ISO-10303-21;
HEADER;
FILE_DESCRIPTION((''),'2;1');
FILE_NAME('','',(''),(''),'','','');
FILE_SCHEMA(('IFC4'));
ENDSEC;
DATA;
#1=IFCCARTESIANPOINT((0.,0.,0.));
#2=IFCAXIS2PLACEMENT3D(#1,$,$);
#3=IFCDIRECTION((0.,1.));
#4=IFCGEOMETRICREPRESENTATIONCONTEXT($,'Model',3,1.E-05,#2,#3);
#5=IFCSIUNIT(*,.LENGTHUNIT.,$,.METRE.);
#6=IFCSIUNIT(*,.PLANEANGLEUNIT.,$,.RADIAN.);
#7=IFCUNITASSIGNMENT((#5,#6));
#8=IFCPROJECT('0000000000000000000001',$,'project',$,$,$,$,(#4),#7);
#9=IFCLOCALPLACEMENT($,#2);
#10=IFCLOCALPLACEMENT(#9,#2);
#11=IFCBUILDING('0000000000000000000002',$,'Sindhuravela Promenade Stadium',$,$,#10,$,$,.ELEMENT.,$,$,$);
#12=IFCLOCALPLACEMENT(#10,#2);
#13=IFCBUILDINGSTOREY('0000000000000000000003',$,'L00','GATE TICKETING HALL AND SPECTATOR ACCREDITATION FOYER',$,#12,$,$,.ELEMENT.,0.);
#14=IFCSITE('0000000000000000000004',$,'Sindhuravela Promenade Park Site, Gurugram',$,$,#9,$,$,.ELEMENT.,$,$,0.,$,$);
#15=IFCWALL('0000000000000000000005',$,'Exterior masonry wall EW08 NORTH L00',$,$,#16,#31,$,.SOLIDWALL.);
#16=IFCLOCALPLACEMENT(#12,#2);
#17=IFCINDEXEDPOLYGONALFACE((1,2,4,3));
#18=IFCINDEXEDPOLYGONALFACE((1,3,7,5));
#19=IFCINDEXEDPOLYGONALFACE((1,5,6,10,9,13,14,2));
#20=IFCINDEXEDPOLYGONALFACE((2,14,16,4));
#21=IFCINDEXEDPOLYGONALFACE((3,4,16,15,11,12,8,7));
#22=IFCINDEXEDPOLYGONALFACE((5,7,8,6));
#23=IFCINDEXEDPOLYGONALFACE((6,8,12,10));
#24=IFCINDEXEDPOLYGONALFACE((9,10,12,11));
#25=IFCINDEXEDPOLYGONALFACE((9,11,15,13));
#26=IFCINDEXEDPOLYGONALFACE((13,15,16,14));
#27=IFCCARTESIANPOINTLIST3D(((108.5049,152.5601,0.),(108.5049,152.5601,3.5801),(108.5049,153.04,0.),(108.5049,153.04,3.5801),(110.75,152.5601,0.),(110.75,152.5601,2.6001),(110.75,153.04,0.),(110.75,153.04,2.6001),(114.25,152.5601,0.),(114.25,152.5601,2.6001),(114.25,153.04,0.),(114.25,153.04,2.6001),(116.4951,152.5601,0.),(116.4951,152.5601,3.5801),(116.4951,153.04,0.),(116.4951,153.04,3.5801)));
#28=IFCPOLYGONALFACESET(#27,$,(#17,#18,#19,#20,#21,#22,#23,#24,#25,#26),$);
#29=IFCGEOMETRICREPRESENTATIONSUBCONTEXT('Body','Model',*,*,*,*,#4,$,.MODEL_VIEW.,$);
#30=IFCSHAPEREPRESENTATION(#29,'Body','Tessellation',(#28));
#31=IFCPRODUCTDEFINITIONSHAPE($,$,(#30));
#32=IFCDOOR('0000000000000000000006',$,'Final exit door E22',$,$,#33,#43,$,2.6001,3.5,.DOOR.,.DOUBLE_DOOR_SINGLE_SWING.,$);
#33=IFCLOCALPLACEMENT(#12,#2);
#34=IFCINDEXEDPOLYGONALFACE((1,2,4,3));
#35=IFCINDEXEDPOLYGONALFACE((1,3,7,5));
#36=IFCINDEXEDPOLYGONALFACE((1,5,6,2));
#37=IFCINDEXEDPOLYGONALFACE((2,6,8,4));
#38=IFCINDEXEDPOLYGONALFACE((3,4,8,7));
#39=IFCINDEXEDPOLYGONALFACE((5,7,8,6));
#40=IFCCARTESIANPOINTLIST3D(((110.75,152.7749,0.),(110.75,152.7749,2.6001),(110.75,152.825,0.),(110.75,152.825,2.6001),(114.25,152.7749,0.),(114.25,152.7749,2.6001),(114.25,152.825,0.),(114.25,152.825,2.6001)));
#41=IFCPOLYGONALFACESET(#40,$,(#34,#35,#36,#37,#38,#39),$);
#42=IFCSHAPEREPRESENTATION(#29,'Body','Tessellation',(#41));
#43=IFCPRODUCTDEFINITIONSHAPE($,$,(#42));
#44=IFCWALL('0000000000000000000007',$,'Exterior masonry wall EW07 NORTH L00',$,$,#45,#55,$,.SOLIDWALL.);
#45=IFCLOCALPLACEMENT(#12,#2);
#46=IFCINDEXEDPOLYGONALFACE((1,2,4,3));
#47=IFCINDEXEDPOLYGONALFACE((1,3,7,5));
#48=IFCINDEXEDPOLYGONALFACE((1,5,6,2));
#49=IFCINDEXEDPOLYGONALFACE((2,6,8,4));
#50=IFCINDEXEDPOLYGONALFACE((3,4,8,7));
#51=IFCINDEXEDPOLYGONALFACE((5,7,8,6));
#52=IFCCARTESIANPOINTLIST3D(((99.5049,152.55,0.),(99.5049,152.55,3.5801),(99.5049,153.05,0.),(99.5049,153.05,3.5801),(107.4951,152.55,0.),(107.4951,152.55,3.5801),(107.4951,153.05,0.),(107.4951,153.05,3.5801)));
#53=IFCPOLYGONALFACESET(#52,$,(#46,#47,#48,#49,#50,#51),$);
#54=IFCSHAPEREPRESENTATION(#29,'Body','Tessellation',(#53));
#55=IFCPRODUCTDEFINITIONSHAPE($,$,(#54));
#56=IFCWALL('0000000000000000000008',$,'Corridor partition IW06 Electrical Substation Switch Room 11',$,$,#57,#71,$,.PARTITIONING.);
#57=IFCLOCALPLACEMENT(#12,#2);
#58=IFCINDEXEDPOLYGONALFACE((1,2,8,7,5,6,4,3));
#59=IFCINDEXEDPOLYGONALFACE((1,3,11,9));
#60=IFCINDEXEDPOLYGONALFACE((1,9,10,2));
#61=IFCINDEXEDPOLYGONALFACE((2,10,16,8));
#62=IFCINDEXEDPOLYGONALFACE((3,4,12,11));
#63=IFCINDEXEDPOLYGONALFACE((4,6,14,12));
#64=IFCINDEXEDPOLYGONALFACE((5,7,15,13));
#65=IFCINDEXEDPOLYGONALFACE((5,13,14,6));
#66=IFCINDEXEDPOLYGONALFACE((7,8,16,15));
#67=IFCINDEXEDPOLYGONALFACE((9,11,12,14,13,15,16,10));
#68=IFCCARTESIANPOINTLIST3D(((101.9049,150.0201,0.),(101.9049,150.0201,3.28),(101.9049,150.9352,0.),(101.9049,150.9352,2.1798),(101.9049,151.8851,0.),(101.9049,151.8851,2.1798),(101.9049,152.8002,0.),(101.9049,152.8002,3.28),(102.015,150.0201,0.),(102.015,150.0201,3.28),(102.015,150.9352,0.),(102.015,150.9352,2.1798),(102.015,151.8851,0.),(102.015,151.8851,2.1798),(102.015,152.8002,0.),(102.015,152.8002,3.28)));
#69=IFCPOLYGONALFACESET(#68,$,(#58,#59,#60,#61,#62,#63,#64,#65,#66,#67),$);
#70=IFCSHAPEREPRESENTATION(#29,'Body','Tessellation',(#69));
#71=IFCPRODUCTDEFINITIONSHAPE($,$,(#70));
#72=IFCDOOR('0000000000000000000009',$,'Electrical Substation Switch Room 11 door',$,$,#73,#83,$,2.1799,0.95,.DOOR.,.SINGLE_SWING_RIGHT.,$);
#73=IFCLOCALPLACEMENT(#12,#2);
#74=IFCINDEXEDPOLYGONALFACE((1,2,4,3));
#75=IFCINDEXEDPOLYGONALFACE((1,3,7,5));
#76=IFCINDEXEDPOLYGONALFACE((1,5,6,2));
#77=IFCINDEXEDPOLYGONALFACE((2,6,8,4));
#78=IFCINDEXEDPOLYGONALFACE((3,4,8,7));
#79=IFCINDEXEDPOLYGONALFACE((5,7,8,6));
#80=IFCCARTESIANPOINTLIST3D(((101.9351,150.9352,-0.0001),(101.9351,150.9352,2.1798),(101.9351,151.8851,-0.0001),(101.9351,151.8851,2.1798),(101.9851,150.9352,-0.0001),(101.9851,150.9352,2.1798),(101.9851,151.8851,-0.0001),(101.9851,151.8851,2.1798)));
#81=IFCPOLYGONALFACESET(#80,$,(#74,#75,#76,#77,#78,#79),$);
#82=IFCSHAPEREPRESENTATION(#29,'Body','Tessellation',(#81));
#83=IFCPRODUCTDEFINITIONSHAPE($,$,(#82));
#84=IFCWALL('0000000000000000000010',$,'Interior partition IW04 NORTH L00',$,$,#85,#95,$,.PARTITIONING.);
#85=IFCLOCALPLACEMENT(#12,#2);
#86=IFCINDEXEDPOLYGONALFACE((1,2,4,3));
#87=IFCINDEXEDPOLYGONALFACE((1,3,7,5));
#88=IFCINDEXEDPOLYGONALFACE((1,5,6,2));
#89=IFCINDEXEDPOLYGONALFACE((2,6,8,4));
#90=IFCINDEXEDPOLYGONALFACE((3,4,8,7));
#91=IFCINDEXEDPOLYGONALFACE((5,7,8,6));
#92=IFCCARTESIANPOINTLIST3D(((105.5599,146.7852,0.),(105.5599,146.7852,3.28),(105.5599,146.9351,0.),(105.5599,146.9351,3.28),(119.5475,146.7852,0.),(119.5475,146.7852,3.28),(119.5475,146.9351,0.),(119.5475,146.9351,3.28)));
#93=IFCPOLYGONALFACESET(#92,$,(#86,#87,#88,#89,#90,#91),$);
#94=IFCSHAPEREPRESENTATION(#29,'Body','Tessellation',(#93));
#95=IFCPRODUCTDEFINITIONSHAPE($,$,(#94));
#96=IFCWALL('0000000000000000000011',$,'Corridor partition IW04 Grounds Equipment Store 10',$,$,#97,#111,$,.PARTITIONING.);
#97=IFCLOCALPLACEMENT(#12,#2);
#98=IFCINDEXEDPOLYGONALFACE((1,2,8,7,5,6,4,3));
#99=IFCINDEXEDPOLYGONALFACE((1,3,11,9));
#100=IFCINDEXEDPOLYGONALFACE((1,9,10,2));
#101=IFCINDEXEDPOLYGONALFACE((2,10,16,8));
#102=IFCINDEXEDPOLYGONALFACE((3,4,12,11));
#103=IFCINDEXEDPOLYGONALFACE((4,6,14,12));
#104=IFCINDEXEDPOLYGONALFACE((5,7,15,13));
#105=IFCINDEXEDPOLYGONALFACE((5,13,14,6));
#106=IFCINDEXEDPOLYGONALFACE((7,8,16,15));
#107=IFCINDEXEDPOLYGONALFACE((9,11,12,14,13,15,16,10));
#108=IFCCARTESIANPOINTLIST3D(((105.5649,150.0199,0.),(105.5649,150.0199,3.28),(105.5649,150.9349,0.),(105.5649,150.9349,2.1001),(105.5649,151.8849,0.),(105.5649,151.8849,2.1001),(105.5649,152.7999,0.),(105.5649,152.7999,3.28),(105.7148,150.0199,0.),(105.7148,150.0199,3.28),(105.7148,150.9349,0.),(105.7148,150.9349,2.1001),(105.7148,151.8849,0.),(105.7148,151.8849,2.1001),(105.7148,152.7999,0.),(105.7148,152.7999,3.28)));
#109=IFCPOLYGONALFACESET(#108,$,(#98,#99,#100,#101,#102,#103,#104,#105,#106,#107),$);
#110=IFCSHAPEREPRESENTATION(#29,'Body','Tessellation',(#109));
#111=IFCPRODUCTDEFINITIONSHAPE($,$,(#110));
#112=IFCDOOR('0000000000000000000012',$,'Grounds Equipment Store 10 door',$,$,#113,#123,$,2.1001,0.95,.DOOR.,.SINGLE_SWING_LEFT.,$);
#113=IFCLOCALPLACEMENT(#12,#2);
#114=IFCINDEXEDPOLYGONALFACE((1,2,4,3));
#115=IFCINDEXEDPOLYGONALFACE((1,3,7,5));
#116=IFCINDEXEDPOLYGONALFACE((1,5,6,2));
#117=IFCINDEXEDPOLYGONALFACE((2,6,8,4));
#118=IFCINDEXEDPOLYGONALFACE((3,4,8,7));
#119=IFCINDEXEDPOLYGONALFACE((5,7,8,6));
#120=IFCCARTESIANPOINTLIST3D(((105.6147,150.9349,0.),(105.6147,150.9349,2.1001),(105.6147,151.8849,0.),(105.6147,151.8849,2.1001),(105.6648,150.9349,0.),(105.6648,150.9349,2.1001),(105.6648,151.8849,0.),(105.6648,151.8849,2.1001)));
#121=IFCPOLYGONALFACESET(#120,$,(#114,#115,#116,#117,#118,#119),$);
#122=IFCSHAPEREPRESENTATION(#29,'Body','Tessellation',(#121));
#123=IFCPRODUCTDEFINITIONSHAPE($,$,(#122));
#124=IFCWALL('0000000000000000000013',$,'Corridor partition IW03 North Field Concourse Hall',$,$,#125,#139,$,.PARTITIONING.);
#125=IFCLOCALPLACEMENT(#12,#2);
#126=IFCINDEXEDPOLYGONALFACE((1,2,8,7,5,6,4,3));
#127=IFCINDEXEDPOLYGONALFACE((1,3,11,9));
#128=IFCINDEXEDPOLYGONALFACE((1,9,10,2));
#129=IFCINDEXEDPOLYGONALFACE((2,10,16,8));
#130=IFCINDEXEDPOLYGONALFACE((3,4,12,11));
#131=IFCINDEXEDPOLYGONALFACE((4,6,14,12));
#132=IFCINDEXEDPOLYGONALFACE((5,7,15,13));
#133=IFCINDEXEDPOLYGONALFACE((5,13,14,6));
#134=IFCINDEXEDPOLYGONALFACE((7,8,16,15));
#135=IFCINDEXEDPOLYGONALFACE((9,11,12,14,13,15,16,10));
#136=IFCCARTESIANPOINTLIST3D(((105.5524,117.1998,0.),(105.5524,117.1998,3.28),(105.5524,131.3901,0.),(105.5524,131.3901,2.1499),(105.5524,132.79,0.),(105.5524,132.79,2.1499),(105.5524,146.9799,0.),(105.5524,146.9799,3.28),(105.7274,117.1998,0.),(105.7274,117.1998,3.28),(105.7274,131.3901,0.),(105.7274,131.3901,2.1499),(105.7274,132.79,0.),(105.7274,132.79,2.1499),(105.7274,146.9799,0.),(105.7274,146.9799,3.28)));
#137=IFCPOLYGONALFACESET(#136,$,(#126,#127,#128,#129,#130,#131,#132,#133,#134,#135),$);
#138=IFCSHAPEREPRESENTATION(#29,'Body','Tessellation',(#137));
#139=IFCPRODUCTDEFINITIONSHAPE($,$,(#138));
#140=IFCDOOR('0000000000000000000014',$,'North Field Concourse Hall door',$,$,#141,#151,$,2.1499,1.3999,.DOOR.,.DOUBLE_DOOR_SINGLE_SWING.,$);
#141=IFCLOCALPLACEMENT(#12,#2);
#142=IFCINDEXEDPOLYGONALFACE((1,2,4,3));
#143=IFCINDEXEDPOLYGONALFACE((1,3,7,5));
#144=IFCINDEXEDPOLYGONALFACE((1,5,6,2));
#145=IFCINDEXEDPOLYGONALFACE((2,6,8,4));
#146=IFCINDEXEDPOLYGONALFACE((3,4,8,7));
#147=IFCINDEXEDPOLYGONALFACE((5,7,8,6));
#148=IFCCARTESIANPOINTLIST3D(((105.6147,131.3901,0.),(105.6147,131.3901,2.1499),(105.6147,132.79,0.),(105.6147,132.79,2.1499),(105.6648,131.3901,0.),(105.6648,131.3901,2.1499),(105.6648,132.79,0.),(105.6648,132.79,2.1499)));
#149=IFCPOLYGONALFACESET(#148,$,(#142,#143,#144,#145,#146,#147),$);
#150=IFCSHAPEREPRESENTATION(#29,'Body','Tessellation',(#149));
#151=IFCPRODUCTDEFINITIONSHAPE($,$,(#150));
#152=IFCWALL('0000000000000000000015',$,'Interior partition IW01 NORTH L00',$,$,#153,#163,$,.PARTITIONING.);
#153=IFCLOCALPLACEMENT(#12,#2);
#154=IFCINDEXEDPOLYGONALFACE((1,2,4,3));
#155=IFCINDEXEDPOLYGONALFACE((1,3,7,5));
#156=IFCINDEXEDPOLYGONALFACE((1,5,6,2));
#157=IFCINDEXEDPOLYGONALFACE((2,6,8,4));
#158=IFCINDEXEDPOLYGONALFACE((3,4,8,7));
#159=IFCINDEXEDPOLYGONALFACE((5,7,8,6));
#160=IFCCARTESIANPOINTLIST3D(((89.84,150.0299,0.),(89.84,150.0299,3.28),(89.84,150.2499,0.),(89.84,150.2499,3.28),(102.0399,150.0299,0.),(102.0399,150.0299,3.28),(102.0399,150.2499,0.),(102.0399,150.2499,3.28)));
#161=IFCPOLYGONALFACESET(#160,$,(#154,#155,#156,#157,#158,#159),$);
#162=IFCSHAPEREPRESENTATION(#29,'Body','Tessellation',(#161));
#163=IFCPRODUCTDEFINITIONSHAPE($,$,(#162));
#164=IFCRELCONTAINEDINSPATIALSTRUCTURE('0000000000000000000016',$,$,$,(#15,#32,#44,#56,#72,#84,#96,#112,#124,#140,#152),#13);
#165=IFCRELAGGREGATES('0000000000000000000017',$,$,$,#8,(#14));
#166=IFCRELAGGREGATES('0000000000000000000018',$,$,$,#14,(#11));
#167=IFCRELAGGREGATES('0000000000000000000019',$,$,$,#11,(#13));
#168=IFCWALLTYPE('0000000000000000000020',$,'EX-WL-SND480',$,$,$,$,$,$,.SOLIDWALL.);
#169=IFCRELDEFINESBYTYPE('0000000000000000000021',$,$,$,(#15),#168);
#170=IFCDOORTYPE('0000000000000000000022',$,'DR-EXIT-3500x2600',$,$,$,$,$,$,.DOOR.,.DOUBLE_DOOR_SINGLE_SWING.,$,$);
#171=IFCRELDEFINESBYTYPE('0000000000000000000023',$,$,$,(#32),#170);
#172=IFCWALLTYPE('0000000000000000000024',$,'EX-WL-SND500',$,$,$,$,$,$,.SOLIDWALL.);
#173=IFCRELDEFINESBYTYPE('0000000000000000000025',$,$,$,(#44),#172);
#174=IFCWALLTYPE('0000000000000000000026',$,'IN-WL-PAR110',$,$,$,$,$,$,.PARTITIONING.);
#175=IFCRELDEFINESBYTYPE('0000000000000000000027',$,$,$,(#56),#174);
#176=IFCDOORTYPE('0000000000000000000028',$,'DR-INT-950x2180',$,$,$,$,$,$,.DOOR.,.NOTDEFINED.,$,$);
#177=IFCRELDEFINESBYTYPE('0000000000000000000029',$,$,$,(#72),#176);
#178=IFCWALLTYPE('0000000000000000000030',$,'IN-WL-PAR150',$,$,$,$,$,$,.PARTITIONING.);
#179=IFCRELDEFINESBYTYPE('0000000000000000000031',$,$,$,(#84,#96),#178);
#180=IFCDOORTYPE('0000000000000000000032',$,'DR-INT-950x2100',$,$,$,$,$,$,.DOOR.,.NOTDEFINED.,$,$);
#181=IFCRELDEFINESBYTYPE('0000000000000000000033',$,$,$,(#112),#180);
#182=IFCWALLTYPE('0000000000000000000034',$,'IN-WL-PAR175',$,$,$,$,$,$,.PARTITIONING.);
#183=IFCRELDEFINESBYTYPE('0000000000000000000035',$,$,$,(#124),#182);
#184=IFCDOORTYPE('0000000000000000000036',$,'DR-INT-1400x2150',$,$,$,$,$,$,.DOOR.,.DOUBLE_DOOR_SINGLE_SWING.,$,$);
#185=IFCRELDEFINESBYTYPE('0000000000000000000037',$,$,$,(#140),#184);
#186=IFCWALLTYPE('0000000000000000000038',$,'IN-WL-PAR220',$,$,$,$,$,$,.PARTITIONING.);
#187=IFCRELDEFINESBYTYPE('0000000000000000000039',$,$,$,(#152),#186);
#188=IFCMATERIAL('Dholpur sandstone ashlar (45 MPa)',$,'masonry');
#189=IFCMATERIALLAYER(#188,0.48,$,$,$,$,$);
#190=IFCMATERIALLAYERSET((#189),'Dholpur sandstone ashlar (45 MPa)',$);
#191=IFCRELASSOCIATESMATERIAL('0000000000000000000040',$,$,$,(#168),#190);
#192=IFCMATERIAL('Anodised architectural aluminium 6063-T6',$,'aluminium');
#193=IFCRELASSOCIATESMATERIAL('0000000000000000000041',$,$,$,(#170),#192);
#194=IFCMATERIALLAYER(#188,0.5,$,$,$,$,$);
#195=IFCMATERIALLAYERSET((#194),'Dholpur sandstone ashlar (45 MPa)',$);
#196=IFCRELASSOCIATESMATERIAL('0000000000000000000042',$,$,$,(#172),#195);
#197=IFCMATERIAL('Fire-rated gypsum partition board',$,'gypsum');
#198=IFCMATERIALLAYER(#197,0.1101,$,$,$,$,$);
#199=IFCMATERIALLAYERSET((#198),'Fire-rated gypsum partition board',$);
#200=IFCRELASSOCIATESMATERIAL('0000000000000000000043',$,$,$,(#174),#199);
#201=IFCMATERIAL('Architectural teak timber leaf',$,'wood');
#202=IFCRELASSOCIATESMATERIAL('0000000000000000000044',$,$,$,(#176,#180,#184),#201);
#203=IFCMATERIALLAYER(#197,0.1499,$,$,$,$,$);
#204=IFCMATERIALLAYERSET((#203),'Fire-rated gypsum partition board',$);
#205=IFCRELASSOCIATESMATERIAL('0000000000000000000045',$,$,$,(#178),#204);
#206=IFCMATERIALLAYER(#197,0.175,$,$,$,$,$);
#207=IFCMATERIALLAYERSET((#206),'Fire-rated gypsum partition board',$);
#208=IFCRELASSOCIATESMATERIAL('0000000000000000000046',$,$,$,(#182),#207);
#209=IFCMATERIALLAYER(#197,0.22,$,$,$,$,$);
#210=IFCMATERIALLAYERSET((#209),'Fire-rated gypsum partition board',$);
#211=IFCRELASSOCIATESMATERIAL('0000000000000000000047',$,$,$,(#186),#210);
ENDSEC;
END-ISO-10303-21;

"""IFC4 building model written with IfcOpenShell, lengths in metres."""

from ifc_helpers import new_model, si_unit, direction, frame, frame_2d, origin, place, context, subcontext, project, spatial, rectangle, extrude, material, layer, layer_set, type_object, element, fill, save


model = new_model("IFC4")

# Units and contexts
model_context = context("Model", 3, precision=1e-05, world=origin(), true_north=direction((0.0, 1.0)))
body_context = subcontext(model_context, "Body", "Model", "MODEL_VIEW")
ifc_project = project(units=[si_unit("LENGTHUNIT", "METRE"), si_unit("PLANEANGLEUNIT", "RADIAN")], contexts=[model_context])

# Site, building, storey
site_placement = place(None, origin())
site = spatial("IfcSite", under=ifc_project, at=site_placement, Name="Sindhuravela Promenade Park Site, Gurugram", CompositionType="ELEMENT", RefElevation=0.0)
building_placement = place(site_placement, origin())
building = spatial("IfcBuilding", under=site, at=building_placement, Name="Sindhuravela Promenade Stadium", CompositionType="ELEMENT")
storey_placement = place(building_placement, origin())
storey = spatial("IfcBuildingStorey", under=building, at=storey_placement, Name="L00", Description="GATE TICKETING HALL AND SPECTATOR ACCREDITATION FOYER", CompositionType="ELEMENT", Elevation=0.0)

# Wall, opening, door
ifc_material_1 = material(Name="Dholpur sandstone ashlar (45 MPa)", Category="masonry")
ifc_layer_1 = layer(ifc_material_1, 0.48)
ifc_layer_set_1 = layer_set([ifc_layer_1], Name="Dholpur sandstone ashlar (45 MPa)")
wall_type_1 = type_object("IfcWallType", Name="EX-WL-SND480", PredefinedType="SOLIDWALL", material=ifc_layer_set_1)
wall_1_placement = place(storey_placement, frame((108.5049, 152.8, 0.0), z_axis=(0.0, 0.0, 1.0), x_axis=(1.0, 0.0, 0.0)))
wall_1 = element("IfcWall", 1, at=wall_1_placement, inside=storey, type_object=wall_type_1, Name="Exterior masonry wall EW08 NORTH L00", PredefinedType="SOLIDWALL", context=body_context, shape_type="SweptSolid", body=[
    extrude(rectangle(XDim=7.9902, YDim=0.48, at=frame_2d((3.9951, 0.0))), origin(), (0.0, 0.0, 1.0), 3.5801),
])
opening_1_placement = place(wall_1_placement, frame((2.2451, 0.0, 0.0)))
opening_1 = element("IfcOpeningElement", 2, at=opening_1_placement, cuts=wall_1, PredefinedType="OPENING", context=body_context, shape_type="SweptSolid", body=[
    extrude(rectangle(XDim=3.5, YDim=2.6001, at=frame_2d((1.75, 1.3))), frame((0.0, 0.25, 0.0), z_axis=(0.0, -1.0, 0.0), x_axis=(1.0, 0.0, 0.0)), (0.0, 0.0, 1.0), 0.5),
])
ifc_material_2 = material(Name="Anodised architectural aluminium 6063-T6", Category="aluminium")
door_type_1 = type_object("IfcDoorType", Name="DR-EXIT-3500x2600", OperationType="DOUBLE_DOOR_SINGLE_SWING", PredefinedType="DOOR", material=ifc_material_2)
door_1_placement = place(opening_1_placement, origin())
door_1 = element("IfcDoor", 3, at=door_1_placement, inside=storey, type_object=door_type_1, Name="Final exit door E22", OperationType="DOUBLE_DOOR_SINGLE_SWING", OverallHeight=2.6001, OverallWidth=3.5, PredefinedType="DOOR", context=body_context, shape_type="SweptSolid", body=[
    extrude(rectangle(XDim=3.5, YDim=2.6001, at=frame_2d((1.75, 1.3))), frame((0.0, 0.0249, 0.0), z_axis=(0.0, -1.0, 0.0), x_axis=(1.0, 0.0, 0.0)), (0.0, 0.0, 1.0), 0.05),
])
fill(opening_1, door_1)

# Wall
ifc_layer_2 = layer(ifc_material_1, 0.5)
ifc_layer_set_2 = layer_set([ifc_layer_2], Name="Dholpur sandstone ashlar (45 MPa)")
wall_type_2 = type_object("IfcWallType", Name="EX-WL-SND500", PredefinedType="SOLIDWALL", material=ifc_layer_set_2)
wall_2_placement = place(storey_placement, frame((99.5049, 152.8, 0.0), z_axis=(0.0, 0.0, 1.0), x_axis=(1.0, 0.0, 0.0)))
element("IfcWall", 4, at=wall_2_placement, inside=storey, type_object=wall_type_2, Name="Exterior masonry wall EW07 NORTH L00", PredefinedType="SOLIDWALL", context=body_context, shape_type="SweptSolid", body=[
    extrude(rectangle(XDim=7.9902, YDim=0.5, at=frame_2d((3.9951, 0.0))), origin(), (0.0, 0.0, 1.0), 3.5801),
])

# Wall, opening, door
ifc_material_3 = material(Name="Fire-rated gypsum partition board", Category="gypsum")
ifc_layer_3 = layer(ifc_material_3, 0.1101)
ifc_layer_set_3 = layer_set([ifc_layer_3], Name="Fire-rated gypsum partition board")
wall_type_3 = type_object("IfcWallType", Name="IN-WL-PAR110", PredefinedType="PARTITIONING", material=ifc_layer_set_3)
wall_3_placement = place(storey_placement, frame((101.96, 150.02, 0.0), z_axis=(0.0, 0.0, 1.0), x_axis=(0.0, 1.0, 0.0)))
wall_3 = element("IfcWall", 5, at=wall_3_placement, inside=storey, type_object=wall_type_3, Name="Corridor partition IW06 Electrical Substation Switch Room 11", PredefinedType="PARTITIONING", context=body_context, shape_type="SweptSolid", body=[
    extrude(rectangle(XDim=2.78, YDim=0.1101, at=frame_2d((1.3901, 0.0))), origin(), (0.0, 0.0, 1.0), 3.28),
])
opening_2_placement = place(wall_3_placement, frame((0.915, 0.0, 0.0)))
opening_2 = element("IfcOpeningElement", 6, at=opening_2_placement, cuts=wall_3, PredefinedType="OPENING", context=body_context, shape_type="SweptSolid", body=[
    extrude(rectangle(XDim=0.95, YDim=2.1799, at=frame_2d((0.4751, 1.0898))), frame((0.0, 0.0649, 0.0), z_axis=(0.0, -1.0, 0.0), x_axis=(1.0, 0.0, 0.0)), (0.0, 0.0, 1.0), 0.1301),
])
ifc_material_4 = material(Name="Architectural teak timber leaf", Category="wood")
door_type_2 = type_object("IfcDoorType", Name="DR-INT-950x2180", OperationType="NOTDEFINED", PredefinedType="DOOR", material=ifc_material_4)
door_2_placement = place(opening_2_placement, origin())
door_2 = element("IfcDoor", 7, at=door_2_placement, inside=storey, type_object=door_type_2, Name="Electrical Substation Switch Room 11 door", OperationType="SINGLE_SWING_RIGHT", OverallHeight=2.1799, OverallWidth=0.95, PredefinedType="DOOR", context=body_context, shape_type="SweptSolid", body=[
    extrude(rectangle(XDim=0.95, YDim=2.1799, at=frame_2d((0.4751, 1.0898))), frame((0.0, 0.0249, 0.0), z_axis=(0.0, -1.0, 0.0), x_axis=(1.0, 0.0, 0.0)), (0.0, 0.0, 1.0), 0.05),
])
fill(opening_2, door_2)

# Wall
ifc_layer_4 = layer(ifc_material_3, 0.1499)
ifc_layer_set_4 = layer_set([ifc_layer_4], Name="Fire-rated gypsum partition board")
wall_type_4 = type_object("IfcWallType", Name="IN-WL-PAR150", PredefinedType="PARTITIONING", material=ifc_layer_set_4)
wall_4_placement = place(storey_placement, frame((105.5601, 146.8601, 0.0), z_axis=(0.0, 0.0, 1.0), x_axis=(1.0, 0.0, 0.0)))
element("IfcWall", 8, at=wall_4_placement, inside=storey, type_object=wall_type_4, Name="Interior partition IW04 NORTH L00", PredefinedType="PARTITIONING", context=body_context, shape_type="SweptSolid", body=[
    extrude(rectangle(XDim=13.9875, YDim=0.1499, at=frame_2d((6.9937, 0.0))), origin(), (0.0, 0.0, 1.0), 3.28),
])

# Walls, openings, doors
wall_5_placement = place(storey_placement, frame((105.6399, 152.8, 0.0), z_axis=(0.0, 0.0, 1.0), x_axis=(0.0, -1.0, 0.0)))
wall_5 = element("IfcWall", 9, at=wall_5_placement, inside=storey, type_object=wall_type_4, Name="Corridor partition IW04 Grounds Equipment Store 10", PredefinedType="PARTITIONING", context=body_context, shape_type="SweptSolid", body=[
    extrude(rectangle(XDim=2.78, YDim=0.1499, at=frame_2d((1.3901, 0.0))), origin(), (0.0, 0.0, 1.0), 3.28),
])
opening_3_placement = place(wall_5_placement, frame((0.915, 0.0, 0.0)))
opening_3 = element("IfcOpeningElement", 10, at=opening_3_placement, cuts=wall_5, PredefinedType="OPENING", context=body_context, shape_type="SweptSolid", body=[
    extrude(rectangle(XDim=0.95, YDim=2.1001, at=frame_2d((0.4751, 1.05))), frame((0.0, 0.085, 0.0), z_axis=(0.0, -1.0, 0.0), x_axis=(1.0, 0.0, 0.0)), (0.0, 0.0, 1.0), 0.1699),
])
door_type_3 = type_object("IfcDoorType", Name="DR-INT-950x2100", OperationType="NOTDEFINED", PredefinedType="DOOR", material=ifc_material_4)
door_3_placement = place(opening_3_placement, origin())
door_3 = element("IfcDoor", 11, at=door_3_placement, inside=storey, type_object=door_type_3, Name="Grounds Equipment Store 10 door", OperationType="SINGLE_SWING_LEFT", OverallHeight=2.1001, OverallWidth=0.95, PredefinedType="DOOR", context=body_context, shape_type="SweptSolid", body=[
    extrude(rectangle(XDim=0.95, YDim=2.1001, at=frame_2d((0.4751, 1.05))), frame((0.0, 0.0249, 0.0), z_axis=(0.0, -1.0, 0.0), x_axis=(1.0, 0.0, 0.0)), (0.0, 0.0, 1.0), 0.05),
])
fill(opening_3, door_3)
ifc_layer_5 = layer(ifc_material_3, 0.175)
ifc_layer_set_5 = layer_set([ifc_layer_5], Name="Fire-rated gypsum partition board")
wall_type_5 = type_object("IfcWallType", Name="IN-WL-PAR175", PredefinedType="PARTITIONING", material=ifc_layer_set_5)
wall_6_placement = place(storey_placement, frame((105.6399, 146.98, 0.0), z_axis=(0.0, 0.0, 1.0), x_axis=(0.0, -1.0, 0.0)))
wall_6 = element("IfcWall", 12, at=wall_6_placement, inside=storey, type_object=wall_type_5, Name="Corridor partition IW03 North Field Concourse Hall", PredefinedType="PARTITIONING", context=body_context, shape_type="SweptSolid", body=[
    extrude(rectangle(XDim=29.78, YDim=0.175, at=frame_2d((14.8901, 0.0))), origin(), (0.0, 0.0, 1.0), 3.28),
])
opening_4_placement = place(wall_6_placement, frame((14.1899, 0.0, 0.0)))
opening_4 = element("IfcOpeningElement", 13, at=opening_4_placement, cuts=wall_6, PredefinedType="OPENING", context=body_context, shape_type="SweptSolid", body=[
    extrude(rectangle(XDim=1.3999, YDim=2.1499, at=frame_2d((0.7, 1.075))), frame((0.0, 0.0974, 0.0), z_axis=(0.0, -1.0, 0.0), x_axis=(1.0, 0.0, 0.0)), (0.0, 0.0, 1.0), 0.1951),
])
door_type_4 = type_object("IfcDoorType", Name="DR-INT-1400x2150", OperationType="DOUBLE_DOOR_SINGLE_SWING", PredefinedType="DOOR", material=ifc_material_4)
door_4_placement = place(opening_4_placement, origin())
door_4 = element("IfcDoor", 14, at=door_4_placement, inside=storey, type_object=door_type_4, Name="North Field Concourse Hall door", OperationType="DOUBLE_DOOR_SINGLE_SWING", OverallHeight=2.1499, OverallWidth=1.3999, PredefinedType="DOOR", context=body_context, shape_type="SweptSolid", body=[
    extrude(rectangle(XDim=1.3999, YDim=2.1499, at=frame_2d((0.7, 1.075))), frame((0.0, 0.0249, 0.0), z_axis=(0.0, -1.0, 0.0), x_axis=(1.0, 0.0, 0.0)), (0.0, 0.0, 1.0), 0.05),
])
fill(opening_4, door_4)

# Wall
ifc_layer_6 = layer(ifc_material_3, 0.22)
ifc_layer_set_6 = layer_set([ifc_layer_6], Name="Fire-rated gypsum partition board")
wall_type_6 = type_object("IfcWallType", Name="IN-WL-PAR220", PredefinedType="PARTITIONING", material=ifc_layer_set_6)
wall_7_placement = place(storey_placement, frame((102.04, 150.1399, 0.0), z_axis=(0.0, 0.0, 1.0), x_axis=(-1.0, 0.0, 0.0)))
element("IfcWall", 15, at=wall_7_placement, inside=storey, type_object=wall_type_6, Name="Interior partition IW01 NORTH L00", PredefinedType="PARTITIONING", context=body_context, shape_type="SweptSolid", body=[
    extrude(rectangle(XDim=12.2, YDim=0.22, at=frame_2d((6.1001, 0.0))), origin(), (0.0, 0.0, 1.0), 3.28),
])

save(model, "model.ifc")
